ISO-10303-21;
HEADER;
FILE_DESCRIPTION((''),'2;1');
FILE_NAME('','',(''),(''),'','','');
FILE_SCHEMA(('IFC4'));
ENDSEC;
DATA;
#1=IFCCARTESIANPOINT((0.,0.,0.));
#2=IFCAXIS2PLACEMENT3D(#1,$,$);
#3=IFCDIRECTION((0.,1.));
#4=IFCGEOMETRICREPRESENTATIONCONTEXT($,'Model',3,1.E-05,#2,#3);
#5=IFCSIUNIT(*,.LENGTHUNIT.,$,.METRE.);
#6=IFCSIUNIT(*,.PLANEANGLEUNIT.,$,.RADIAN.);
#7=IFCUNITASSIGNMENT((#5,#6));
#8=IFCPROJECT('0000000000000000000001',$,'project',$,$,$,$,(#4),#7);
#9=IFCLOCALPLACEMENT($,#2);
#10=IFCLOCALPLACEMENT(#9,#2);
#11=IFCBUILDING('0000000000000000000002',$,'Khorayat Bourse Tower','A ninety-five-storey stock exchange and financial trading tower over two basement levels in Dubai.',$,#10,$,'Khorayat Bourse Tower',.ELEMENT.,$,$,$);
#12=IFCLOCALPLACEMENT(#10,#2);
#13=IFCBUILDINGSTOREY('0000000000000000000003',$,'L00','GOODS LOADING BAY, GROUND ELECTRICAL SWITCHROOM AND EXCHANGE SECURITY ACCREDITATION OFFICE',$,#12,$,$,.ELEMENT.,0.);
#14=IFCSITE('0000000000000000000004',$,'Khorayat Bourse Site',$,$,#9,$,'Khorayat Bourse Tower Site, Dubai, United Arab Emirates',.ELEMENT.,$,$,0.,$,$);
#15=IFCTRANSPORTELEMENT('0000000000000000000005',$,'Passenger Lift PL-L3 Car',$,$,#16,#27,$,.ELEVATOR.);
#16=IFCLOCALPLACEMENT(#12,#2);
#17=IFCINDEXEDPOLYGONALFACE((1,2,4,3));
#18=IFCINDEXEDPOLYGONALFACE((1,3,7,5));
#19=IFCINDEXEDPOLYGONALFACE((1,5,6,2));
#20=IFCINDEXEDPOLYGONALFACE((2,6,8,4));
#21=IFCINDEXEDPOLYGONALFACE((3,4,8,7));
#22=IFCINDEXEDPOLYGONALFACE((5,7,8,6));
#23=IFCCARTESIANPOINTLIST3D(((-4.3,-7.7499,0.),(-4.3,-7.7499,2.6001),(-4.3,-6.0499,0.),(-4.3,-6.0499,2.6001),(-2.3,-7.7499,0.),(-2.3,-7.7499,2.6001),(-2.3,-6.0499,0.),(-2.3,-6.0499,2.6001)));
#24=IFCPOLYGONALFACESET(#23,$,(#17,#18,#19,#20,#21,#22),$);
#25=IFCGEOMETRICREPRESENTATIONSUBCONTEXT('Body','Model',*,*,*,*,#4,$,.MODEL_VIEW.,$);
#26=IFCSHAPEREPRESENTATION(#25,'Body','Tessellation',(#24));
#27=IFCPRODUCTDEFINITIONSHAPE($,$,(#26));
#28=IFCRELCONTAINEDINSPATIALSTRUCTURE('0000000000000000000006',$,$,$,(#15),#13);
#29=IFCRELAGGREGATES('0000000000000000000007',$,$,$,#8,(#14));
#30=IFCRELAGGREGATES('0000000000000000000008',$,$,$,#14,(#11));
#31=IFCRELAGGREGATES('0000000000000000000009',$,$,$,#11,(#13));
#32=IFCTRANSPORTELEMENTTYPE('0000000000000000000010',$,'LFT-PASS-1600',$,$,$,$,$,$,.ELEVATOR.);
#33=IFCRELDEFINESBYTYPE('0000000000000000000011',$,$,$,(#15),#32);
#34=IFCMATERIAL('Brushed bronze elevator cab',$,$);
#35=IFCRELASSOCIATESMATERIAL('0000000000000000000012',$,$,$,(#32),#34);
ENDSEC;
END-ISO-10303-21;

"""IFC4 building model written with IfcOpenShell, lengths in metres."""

from ifc_helpers import new_model, si_unit, direction, frame, origin, origin_2d, place, context, subcontext, project, spatial, rectangle, extrude, source, transform, mapped, material, type_object, element, save


model = new_model("IFC4")

# Units and contexts
model_context = context("Model", 3, precision=1e-05, world=origin(), true_north=direction((0.0, 1.0)))
body_context = subcontext(model_context, "Body", "Model", "MODEL_VIEW")
ifc_project = project(units=[si_unit("LENGTHUNIT", "METRE"), si_unit("PLANEANGLEUNIT", "RADIAN")], contexts=[model_context])

# Site, building, storey
site_placement = place(None, origin())
site = spatial("IfcSite", under=ifc_project, at=site_placement, Name="Khorayat Bourse Site", LongName="Khorayat Bourse Tower Site, Dubai, United Arab Emirates", CompositionType="ELEMENT", RefElevation=0.0)
building_placement = place(site_placement, origin())
building = spatial("IfcBuilding", under=site, at=building_placement, Name="Khorayat Bourse Tower", Description="A ninety-five-storey stock exchange and financial trading tower over two basement levels in Dubai.", LongName="Khorayat Bourse Tower", CompositionType="ELEMENT")
storey_placement = place(building_placement, origin())
storey = spatial("IfcBuildingStorey", under=building, at=storey_placement, Name="L00", Description="GOODS LOADING BAY, GROUND ELECTRICAL SWITCHROOM AND EXCHANGE SECURITY ACCREDITATION OFFICE", CompositionType="ELEMENT", Elevation=0.0)

# Transport element
ifc_material_1 = material(Name="Brushed bronze elevator cab")
transport_element_type = type_object("IfcTransportElementType", Name="LFT-PASS-1600", PredefinedType="ELEVATOR", material=ifc_material_1)
shared_shape_1 = source(origin(), body_context, "Body", "SweptSolid", [
    extrude(rectangle(XDim=2.0, YDim=1.7, at=origin_2d()), origin(), (0.0, 0.0, 1.0), 2.6001),
])
for number, where, z_axis, x_axis, name in (
    (1, (-3.3, -6.8999, 0.0), (0.0, 0.0, 1.0), (1.0, 0.0, 0.0), "Passenger Lift PL-L3 Car"),
):
    element("IfcTransportElement", number, at=place(storey_placement, frame(where, z_axis=z_axis, x_axis=x_axis)), inside=storey, type_object=transport_element_type, Name=name, PredefinedType="ELEVATOR", context=body_context, shape_type="MappedRepresentation", body=[
        mapped(shared_shape_1, transform((0.0, 0.0, 0.0), scale=1.0)),
    ])

save(model, "model.ifc")
